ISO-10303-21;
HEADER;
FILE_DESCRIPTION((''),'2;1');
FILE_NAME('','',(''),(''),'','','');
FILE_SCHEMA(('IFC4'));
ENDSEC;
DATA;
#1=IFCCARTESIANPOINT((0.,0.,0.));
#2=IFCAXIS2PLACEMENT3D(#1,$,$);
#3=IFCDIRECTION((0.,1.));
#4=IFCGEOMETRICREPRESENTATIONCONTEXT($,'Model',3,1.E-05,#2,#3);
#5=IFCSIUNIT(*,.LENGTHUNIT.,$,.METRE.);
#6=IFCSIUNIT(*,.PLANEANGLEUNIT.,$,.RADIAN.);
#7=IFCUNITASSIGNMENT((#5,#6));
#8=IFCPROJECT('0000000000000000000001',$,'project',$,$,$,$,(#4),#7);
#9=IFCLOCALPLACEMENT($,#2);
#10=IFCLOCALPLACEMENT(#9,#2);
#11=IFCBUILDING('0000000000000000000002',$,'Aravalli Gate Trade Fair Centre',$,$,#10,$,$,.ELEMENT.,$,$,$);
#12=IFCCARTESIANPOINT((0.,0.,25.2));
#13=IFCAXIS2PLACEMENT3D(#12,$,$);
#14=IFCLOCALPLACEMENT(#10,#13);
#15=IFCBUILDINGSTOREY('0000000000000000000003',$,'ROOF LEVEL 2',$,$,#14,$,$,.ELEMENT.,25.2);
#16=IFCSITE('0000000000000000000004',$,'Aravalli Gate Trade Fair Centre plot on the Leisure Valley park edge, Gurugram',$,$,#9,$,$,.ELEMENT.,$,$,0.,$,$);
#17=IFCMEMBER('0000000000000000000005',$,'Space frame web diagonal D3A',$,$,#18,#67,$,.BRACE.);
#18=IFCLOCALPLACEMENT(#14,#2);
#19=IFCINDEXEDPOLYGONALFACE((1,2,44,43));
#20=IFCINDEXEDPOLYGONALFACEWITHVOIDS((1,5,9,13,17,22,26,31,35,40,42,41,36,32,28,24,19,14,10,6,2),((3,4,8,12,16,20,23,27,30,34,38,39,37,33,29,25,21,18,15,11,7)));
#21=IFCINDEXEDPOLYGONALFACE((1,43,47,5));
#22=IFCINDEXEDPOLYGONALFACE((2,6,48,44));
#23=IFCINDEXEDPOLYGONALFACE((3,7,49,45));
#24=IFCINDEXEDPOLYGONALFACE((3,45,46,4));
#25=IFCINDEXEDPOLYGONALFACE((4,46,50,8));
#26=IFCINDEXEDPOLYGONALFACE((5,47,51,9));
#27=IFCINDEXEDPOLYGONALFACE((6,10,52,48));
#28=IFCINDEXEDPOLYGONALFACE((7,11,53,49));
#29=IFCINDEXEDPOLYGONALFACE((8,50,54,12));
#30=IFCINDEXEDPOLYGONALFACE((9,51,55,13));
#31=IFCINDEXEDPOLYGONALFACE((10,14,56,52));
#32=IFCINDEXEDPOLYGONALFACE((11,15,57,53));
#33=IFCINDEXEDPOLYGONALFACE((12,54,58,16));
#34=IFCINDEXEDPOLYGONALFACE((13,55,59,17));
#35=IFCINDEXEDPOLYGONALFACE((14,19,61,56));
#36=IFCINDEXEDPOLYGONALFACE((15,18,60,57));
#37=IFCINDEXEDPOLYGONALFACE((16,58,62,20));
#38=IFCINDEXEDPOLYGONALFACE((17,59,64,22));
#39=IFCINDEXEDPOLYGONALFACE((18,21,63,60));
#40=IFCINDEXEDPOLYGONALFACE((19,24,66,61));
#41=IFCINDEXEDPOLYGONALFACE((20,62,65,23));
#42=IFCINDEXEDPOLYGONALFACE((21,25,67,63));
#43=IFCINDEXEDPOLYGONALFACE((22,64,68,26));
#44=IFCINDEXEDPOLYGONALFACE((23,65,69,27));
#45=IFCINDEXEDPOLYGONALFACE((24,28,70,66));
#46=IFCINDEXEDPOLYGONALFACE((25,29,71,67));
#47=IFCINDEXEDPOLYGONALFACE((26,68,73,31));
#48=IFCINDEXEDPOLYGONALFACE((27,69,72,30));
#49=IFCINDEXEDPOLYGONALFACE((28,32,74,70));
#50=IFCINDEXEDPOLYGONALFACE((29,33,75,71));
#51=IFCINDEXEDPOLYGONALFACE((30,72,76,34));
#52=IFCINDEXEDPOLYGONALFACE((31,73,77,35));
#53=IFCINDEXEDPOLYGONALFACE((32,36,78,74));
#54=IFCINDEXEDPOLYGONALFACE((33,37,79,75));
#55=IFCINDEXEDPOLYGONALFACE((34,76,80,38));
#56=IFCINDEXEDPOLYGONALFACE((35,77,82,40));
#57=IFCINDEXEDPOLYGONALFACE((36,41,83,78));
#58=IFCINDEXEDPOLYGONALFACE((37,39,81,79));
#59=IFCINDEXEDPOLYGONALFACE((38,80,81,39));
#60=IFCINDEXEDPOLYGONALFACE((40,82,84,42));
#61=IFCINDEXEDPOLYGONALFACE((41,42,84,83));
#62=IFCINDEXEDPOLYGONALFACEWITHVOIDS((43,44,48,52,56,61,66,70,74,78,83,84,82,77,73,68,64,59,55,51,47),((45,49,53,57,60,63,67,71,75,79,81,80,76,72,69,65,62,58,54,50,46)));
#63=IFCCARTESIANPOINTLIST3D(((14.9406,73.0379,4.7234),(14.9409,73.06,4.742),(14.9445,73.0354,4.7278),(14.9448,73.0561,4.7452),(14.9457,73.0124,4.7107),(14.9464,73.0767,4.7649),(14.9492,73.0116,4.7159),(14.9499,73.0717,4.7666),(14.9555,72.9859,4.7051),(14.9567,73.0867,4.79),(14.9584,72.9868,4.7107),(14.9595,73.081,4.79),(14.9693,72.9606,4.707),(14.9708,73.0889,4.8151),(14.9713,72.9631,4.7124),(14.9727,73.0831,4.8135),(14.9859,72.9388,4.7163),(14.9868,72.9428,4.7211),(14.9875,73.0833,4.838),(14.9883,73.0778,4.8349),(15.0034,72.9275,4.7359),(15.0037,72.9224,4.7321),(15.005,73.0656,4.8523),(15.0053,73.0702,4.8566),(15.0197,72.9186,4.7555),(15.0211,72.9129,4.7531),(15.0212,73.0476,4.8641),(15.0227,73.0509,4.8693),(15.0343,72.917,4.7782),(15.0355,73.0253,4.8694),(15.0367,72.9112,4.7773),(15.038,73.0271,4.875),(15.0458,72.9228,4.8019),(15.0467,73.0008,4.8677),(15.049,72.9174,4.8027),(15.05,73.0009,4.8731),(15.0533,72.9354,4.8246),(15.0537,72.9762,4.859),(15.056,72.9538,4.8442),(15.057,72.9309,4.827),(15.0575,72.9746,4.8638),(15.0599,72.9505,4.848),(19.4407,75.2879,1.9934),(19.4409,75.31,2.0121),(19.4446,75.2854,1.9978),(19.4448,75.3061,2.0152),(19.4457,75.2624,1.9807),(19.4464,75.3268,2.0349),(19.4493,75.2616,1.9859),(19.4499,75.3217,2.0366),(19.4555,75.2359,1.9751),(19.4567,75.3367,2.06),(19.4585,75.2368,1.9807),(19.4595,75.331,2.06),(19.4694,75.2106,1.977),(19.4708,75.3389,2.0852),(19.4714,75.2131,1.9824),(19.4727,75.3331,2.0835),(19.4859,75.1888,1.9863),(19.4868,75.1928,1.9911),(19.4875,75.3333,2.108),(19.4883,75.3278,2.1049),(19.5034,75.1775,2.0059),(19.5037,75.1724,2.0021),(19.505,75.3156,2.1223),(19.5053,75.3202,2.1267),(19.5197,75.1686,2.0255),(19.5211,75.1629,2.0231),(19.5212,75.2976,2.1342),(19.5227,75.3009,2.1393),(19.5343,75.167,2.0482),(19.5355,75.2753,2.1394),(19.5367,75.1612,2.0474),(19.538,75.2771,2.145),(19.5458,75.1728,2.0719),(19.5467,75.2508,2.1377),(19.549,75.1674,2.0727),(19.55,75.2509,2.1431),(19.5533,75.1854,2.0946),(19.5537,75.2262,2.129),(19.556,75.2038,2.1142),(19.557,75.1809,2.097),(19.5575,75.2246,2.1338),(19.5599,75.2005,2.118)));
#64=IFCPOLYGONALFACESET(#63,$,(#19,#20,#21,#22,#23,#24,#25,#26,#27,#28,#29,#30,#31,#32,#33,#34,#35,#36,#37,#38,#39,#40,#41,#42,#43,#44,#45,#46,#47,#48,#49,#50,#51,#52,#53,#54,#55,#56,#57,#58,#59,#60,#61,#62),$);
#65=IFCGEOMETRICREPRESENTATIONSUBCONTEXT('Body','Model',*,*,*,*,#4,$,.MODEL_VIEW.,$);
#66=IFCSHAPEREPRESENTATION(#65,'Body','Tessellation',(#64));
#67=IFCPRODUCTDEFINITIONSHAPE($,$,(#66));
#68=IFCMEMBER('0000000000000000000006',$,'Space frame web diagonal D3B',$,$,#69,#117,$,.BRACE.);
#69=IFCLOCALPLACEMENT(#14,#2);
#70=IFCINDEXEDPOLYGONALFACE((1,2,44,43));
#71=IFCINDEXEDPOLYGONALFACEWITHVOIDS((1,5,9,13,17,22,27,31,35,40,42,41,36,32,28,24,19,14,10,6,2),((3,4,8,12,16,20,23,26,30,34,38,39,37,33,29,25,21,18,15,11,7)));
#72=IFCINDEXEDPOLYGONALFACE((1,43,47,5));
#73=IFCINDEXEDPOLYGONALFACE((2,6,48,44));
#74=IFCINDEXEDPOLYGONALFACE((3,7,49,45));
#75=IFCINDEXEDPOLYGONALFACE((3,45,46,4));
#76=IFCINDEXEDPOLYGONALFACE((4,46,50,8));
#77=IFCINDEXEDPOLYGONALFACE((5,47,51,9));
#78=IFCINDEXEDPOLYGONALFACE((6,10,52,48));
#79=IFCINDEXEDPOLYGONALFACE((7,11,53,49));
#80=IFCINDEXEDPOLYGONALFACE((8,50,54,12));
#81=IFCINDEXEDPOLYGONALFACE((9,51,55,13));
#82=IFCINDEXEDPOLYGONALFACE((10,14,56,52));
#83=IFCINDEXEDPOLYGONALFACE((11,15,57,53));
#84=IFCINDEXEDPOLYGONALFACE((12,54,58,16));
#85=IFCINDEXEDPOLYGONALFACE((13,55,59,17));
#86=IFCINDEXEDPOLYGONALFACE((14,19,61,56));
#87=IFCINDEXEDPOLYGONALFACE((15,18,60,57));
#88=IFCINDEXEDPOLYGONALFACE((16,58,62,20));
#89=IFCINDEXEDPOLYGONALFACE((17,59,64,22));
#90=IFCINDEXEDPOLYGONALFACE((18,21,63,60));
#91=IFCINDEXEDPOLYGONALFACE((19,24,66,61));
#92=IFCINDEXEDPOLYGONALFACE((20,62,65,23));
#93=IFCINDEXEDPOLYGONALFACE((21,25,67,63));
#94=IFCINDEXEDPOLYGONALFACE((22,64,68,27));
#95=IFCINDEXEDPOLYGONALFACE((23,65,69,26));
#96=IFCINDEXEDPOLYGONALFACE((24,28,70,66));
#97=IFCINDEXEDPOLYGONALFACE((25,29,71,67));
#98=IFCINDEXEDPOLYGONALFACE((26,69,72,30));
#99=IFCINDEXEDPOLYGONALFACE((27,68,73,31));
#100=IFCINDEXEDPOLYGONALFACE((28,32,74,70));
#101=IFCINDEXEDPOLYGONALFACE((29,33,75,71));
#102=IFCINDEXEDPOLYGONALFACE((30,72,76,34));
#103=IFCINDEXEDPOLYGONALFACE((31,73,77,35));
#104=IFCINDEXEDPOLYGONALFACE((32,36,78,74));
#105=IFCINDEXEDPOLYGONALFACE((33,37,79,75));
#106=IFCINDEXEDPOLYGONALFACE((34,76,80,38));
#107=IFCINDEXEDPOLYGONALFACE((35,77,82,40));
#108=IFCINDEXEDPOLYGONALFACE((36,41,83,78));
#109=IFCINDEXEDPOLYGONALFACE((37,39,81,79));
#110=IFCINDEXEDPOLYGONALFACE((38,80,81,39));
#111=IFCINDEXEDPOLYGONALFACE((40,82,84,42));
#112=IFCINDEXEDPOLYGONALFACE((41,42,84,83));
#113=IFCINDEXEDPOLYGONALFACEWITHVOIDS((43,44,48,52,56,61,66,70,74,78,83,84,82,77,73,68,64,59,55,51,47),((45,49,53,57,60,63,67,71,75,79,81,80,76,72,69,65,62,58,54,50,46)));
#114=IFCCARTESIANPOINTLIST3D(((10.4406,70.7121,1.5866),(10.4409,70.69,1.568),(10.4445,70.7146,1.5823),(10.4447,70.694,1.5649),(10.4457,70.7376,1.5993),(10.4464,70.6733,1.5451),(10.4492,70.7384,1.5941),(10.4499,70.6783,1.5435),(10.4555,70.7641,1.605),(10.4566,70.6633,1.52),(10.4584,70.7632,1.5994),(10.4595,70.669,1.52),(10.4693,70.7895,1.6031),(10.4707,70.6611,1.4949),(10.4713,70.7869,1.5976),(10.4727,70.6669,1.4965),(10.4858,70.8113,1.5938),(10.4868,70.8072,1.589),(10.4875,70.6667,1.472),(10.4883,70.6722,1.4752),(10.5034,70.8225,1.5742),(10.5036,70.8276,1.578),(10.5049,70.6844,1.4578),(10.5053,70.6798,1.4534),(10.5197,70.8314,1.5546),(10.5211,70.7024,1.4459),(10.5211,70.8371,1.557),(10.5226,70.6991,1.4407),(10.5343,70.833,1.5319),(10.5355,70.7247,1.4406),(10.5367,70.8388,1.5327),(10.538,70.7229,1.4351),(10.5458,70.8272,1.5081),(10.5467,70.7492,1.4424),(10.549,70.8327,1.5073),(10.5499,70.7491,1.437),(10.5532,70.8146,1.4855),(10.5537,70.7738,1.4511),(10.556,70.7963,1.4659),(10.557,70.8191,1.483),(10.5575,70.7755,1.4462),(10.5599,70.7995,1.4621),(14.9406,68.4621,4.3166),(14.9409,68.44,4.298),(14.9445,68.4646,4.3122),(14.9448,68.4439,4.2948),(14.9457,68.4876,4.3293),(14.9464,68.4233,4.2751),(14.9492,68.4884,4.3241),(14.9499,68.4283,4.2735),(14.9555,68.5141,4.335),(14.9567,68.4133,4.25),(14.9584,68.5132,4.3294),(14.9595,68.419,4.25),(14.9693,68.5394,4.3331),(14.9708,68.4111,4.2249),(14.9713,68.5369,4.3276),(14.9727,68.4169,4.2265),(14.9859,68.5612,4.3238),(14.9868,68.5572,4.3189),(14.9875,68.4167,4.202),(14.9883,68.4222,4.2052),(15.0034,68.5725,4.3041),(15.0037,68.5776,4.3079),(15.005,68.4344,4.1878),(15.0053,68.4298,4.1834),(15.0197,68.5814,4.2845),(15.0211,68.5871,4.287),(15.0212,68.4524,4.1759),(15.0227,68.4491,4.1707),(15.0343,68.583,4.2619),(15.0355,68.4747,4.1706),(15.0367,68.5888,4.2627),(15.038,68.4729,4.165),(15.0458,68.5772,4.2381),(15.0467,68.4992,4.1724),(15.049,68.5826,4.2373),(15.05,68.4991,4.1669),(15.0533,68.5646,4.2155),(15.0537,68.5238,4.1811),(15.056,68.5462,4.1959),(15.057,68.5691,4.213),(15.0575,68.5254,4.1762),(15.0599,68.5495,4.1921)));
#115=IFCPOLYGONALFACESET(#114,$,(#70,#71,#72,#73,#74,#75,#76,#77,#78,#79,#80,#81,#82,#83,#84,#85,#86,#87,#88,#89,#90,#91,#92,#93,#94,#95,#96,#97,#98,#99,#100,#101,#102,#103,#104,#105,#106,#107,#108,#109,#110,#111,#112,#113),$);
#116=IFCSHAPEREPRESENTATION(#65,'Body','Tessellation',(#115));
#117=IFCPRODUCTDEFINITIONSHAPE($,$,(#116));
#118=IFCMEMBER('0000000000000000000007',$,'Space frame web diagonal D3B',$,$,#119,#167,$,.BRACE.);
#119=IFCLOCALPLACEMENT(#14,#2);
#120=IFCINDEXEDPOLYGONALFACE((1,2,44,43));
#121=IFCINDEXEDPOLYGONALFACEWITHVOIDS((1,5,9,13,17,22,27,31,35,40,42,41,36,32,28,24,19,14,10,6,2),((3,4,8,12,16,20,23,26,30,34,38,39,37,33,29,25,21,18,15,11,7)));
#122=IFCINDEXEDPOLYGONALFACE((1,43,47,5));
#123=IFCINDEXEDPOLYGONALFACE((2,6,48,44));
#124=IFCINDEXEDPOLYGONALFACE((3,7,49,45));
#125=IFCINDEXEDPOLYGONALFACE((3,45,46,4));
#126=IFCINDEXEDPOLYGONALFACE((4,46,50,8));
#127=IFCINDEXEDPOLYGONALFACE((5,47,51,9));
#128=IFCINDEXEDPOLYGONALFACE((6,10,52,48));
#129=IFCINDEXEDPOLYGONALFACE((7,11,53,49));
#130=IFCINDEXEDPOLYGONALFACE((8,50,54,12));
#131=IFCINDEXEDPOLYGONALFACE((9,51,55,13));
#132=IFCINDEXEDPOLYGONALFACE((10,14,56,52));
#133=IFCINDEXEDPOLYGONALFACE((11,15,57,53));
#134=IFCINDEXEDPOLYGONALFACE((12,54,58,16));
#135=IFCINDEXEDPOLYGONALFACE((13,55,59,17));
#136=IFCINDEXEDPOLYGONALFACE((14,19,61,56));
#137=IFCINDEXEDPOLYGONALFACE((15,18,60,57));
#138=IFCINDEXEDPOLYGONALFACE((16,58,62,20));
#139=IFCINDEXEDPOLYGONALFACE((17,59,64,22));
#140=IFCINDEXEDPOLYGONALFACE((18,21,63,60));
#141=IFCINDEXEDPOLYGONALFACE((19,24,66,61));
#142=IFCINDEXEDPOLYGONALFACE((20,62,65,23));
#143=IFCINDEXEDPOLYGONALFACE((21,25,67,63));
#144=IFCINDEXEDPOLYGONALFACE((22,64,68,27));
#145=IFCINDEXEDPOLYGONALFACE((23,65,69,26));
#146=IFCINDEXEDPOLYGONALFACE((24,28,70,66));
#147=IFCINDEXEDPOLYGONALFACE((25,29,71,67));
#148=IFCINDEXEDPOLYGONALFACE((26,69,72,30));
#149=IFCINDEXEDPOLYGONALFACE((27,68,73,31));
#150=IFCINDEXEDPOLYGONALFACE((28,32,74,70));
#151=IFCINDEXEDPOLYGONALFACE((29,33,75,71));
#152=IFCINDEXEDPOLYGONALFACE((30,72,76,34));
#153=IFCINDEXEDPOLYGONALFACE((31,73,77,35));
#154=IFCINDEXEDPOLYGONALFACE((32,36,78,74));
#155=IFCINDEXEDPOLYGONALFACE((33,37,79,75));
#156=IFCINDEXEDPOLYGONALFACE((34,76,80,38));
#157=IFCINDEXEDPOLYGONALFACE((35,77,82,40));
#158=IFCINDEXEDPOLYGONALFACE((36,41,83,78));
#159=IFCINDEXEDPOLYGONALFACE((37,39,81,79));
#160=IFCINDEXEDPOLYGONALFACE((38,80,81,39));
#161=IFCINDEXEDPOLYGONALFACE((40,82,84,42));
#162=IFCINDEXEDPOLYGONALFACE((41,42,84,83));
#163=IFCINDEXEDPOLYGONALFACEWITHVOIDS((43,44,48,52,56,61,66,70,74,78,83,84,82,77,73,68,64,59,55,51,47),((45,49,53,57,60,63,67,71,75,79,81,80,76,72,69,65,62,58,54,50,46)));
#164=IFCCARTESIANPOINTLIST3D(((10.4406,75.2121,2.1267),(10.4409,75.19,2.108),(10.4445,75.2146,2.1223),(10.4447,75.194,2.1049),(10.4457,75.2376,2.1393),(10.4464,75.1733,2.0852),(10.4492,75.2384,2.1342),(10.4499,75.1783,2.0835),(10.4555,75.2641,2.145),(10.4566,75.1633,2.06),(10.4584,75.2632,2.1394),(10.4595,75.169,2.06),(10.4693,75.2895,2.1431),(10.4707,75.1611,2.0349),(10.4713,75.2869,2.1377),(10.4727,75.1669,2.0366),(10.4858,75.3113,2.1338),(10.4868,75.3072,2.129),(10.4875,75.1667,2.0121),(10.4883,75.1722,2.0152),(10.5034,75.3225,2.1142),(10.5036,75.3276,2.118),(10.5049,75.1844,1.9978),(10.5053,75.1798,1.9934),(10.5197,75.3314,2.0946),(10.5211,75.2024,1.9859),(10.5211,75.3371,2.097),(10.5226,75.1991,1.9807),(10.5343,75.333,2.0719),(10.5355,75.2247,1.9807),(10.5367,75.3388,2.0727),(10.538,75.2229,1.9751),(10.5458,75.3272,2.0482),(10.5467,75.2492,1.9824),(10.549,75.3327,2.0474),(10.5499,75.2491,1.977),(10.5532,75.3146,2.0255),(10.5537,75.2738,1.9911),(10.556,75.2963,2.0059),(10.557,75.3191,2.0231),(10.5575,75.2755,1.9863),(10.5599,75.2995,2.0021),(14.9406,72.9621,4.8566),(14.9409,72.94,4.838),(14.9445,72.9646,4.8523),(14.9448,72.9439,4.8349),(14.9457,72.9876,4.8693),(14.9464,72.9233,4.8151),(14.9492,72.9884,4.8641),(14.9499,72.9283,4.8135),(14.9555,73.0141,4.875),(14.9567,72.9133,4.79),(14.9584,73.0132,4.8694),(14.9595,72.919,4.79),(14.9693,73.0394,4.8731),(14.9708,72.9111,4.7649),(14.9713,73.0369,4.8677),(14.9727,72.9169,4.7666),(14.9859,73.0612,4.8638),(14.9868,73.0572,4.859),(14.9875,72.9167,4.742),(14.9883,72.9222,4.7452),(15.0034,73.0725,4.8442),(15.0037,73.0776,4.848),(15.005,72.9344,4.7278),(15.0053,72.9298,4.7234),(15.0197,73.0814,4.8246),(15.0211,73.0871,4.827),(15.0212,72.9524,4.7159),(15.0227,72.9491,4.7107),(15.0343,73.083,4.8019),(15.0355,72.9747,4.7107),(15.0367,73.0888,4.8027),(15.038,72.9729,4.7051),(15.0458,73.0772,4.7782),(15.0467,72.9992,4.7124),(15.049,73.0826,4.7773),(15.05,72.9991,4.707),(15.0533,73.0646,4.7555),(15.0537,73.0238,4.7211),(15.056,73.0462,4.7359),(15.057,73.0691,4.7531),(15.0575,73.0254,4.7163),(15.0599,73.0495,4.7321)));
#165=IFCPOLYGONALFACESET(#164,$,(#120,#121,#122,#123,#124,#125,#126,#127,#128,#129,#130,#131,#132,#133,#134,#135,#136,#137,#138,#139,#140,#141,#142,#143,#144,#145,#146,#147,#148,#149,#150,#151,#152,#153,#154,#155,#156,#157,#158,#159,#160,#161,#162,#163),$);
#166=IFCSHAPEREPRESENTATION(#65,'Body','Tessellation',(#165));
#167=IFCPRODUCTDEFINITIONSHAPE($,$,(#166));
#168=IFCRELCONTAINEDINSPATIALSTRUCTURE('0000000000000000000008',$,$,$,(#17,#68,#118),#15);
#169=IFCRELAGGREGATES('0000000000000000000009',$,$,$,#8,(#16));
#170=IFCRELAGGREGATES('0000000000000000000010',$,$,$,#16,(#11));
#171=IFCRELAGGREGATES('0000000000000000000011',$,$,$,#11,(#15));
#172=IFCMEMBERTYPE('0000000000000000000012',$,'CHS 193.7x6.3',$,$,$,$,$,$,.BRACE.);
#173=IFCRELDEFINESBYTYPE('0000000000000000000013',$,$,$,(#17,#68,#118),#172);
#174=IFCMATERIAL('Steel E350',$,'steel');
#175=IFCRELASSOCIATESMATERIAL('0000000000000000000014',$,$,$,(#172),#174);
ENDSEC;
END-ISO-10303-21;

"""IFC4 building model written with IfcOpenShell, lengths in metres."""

from ifc_helpers import new_model, si_unit, direction, frame, origin, origin_2d, place, context, subcontext, project, spatial, hollow_circle, extrude, material, material_profile, profile_set, type_object, element, save


model = new_model("IFC4")

# Units and contexts
model_context = context("Model", 3, precision=1e-05, world=origin(), true_north=direction((0.0, 1.0)))
body_context = subcontext(model_context, "Body", "Model", "MODEL_VIEW")
ifc_project = project(units=[si_unit("LENGTHUNIT", "METRE"), si_unit("PLANEANGLEUNIT", "RADIAN")], contexts=[model_context])

# Site, building, storey
site_placement = place(None, origin())
site = spatial("IfcSite", under=ifc_project, at=site_placement, Name="Aravalli Gate Trade Fair Centre plot on the Leisure Valley park edge, Gurugram", CompositionType="ELEMENT", RefElevation=0.0)
building_placement = place(site_placement, origin())
building = spatial("IfcBuilding", under=site, at=building_placement, Name="Aravalli Gate Trade Fair Centre", CompositionType="ELEMENT")
storey_placement = place(building_placement, frame((0.0, 0.0, 25.2)))
storey = spatial("IfcBuildingStorey", under=building, at=storey_placement, Name="ROOF LEVEL 2", CompositionType="ELEMENT", Elevation=25.2)

# Members
ifc_material_1 = material(Name="Steel E350", Category="steel")
ifc_material_profile_1 = material_profile(ifc_material_1, hollow_circle(Radius=0.0969, WallThickness=0.0063, at=origin_2d()), Name="CHS 193.7x6.3")
ifc_profile_set_1 = profile_set([ifc_material_profile_1], Name="Steel E350")
member_type_1 = type_object("IfcMemberType", Name="CHS 193.7x6.3", PredefinedType="BRACE", material=ifc_profile_set_1)
for number, where, z_axis, x_axis, name in (
    (1, (15.0, 73.0, 4.79), (0.78615, 0.393075, -0.476928), (-0.447214, 0.894427, 0.0), "Space frame web diagonal D3A"),
    (2, (15.0, 68.5, 4.25), (-0.78615, 0.393075, -0.476928), (-0.447214, -0.894427, 0.0), "Space frame web diagonal D3B"),
    (3, (15.0, 73.0, 4.79), (-0.78615, 0.393075, -0.476928), (-0.447214, -0.894427, 0.0), "Space frame web diagonal D3B"),
):
    element("IfcMember", number, at=place(storey_placement, frame(where, z_axis=z_axis, x_axis=x_axis)), inside=storey, type_object=member_type_1, Name=name, PredefinedType="BRACE", context=body_context, shape_type="SweptSolid", body=[
        extrude(hollow_circle(Radius=0.0969, WallThickness=0.0063, at=origin_2d()), origin(), (0.0, 0.0, 1.0), 5.7241),
    ])

save(model, "model.ifc")
